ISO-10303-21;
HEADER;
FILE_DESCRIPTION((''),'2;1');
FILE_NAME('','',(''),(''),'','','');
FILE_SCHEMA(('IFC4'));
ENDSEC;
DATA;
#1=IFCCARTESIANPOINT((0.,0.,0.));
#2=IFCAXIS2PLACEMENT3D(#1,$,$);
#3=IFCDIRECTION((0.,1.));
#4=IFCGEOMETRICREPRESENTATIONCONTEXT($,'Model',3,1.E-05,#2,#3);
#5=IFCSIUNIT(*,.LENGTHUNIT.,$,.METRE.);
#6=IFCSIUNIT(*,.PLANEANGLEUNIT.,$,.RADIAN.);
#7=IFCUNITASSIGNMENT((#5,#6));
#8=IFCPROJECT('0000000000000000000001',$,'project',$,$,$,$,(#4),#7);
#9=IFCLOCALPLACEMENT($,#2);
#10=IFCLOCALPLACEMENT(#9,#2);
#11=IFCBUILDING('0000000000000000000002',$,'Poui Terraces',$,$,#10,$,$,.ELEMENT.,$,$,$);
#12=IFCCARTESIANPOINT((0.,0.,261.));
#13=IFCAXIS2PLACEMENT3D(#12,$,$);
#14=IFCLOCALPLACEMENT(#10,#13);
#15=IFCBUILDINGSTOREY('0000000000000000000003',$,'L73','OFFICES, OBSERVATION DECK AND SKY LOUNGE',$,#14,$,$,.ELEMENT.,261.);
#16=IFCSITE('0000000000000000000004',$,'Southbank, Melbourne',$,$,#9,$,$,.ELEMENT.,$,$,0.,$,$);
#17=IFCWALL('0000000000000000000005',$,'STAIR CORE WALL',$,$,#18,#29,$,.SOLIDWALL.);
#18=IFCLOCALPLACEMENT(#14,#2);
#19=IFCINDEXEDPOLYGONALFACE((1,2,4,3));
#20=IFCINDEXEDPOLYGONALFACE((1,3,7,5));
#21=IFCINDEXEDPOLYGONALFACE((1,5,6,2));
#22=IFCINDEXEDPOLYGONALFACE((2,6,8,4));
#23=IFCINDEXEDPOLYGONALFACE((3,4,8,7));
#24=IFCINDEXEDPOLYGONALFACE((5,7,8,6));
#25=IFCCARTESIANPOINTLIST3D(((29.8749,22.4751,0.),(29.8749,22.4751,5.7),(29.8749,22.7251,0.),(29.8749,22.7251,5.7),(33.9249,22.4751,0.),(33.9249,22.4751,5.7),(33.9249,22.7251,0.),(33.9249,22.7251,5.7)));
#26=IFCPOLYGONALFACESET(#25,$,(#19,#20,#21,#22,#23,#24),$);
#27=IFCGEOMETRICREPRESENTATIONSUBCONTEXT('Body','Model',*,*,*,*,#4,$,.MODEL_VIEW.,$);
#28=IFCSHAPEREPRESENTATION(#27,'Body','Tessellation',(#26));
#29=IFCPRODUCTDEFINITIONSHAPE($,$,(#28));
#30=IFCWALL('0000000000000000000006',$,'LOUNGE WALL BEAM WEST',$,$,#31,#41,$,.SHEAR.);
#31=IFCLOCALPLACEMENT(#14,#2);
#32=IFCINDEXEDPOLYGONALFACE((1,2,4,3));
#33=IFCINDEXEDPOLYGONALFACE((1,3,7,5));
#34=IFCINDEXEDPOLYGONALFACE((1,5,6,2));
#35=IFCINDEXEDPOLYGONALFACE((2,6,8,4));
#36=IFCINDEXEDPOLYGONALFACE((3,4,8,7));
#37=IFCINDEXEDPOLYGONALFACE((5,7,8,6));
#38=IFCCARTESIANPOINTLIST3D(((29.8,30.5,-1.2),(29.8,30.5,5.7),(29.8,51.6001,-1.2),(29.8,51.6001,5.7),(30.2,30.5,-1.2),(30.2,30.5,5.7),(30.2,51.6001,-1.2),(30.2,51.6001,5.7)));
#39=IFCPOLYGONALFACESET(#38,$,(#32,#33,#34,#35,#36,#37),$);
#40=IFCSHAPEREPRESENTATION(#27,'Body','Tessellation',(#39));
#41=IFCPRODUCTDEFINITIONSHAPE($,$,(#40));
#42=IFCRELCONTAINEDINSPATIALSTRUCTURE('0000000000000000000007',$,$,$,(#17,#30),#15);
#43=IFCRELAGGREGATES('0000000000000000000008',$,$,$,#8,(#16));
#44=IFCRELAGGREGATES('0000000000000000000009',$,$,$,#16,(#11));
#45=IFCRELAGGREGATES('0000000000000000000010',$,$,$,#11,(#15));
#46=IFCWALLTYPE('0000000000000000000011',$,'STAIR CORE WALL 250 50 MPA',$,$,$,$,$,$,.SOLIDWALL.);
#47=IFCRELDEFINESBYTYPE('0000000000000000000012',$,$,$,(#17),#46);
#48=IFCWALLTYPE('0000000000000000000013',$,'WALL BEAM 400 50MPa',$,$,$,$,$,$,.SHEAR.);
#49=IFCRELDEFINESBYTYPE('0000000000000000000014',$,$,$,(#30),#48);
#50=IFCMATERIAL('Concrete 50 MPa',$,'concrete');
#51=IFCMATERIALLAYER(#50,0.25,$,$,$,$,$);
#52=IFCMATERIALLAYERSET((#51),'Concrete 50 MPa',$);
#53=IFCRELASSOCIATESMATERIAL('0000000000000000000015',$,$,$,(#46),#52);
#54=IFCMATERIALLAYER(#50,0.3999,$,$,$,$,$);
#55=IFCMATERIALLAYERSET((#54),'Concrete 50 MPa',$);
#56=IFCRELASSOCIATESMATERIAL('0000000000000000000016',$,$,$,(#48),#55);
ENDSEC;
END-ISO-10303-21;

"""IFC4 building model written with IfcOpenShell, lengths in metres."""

from ifc_helpers import new_model, si_unit, direction, frame, frame_2d, origin, place, context, subcontext, project, spatial, rectangle, extrude, material, layer, layer_set, type_object, element, save


model = new_model("IFC4")

# Units and contexts
model_context = context("Model", 3, precision=1e-05, world=origin(), true_north=direction((0.0, 1.0)))
body_context = subcontext(model_context, "Body", "Model", "MODEL_VIEW")
ifc_project = project(units=[si_unit("LENGTHUNIT", "METRE"), si_unit("PLANEANGLEUNIT", "RADIAN")], contexts=[model_context])

# Site, building, storey
site_placement = place(None, origin())
site = spatial("IfcSite", under=ifc_project, at=site_placement, Name="Southbank, Melbourne", CompositionType="ELEMENT", RefElevation=0.0)
building_placement = place(site_placement, origin())
building = spatial("IfcBuilding", under=site, at=building_placement, Name="Poui Terraces", CompositionType="ELEMENT")
storey_placement = place(building_placement, frame((0.0, 0.0, 261.0)))
storey = spatial("IfcBuildingStorey", under=building, at=storey_placement, Name="L73", Description="OFFICES, OBSERVATION DECK AND SKY LOUNGE", CompositionType="ELEMENT", Elevation=261.0)

# Shared definitions
ifc_material_1 = material(Name="Concrete 50 MPa", Category="concrete")

# Walls
ifc_layer_1 = layer(ifc_material_1, 0.25)
ifc_layer_set_1 = layer_set([ifc_layer_1], Name="Concrete 50 MPa")
wall_type_1 = type_object("IfcWallType", Name="STAIR CORE WALL 250 50 MPA", PredefinedType="SOLIDWALL", material=ifc_layer_set_1)
wall_1_placement = place(storey_placement, frame((29.875, 22.6001, 0.0), z_axis=(0.0, 0.0, 1.0), x_axis=(1.0, 0.0, 0.0)))
element("IfcWall", 1, at=wall_1_placement, inside=storey, type_object=wall_type_1, Name="STAIR CORE WALL", PredefinedType="SOLIDWALL", context=body_context, shape_type="SweptSolid", body=[
    extrude(rectangle(XDim=4.05, YDim=0.25, at=frame_2d((2.0249, 0.0))), origin(), (0.0, 0.0, 1.0), 5.7),
])
ifc_layer_2 = layer(ifc_material_1, 0.3999)
ifc_layer_set_2 = layer_set([ifc_layer_2], Name="Concrete 50 MPa")
wall_type_2 = type_object("IfcWallType", Name="WALL BEAM 400 50MPa", PredefinedType="SHEAR", material=ifc_layer_set_2)
wall_2_placement = place(storey_placement, frame((30.0, 30.5, -1.2), z_axis=(0.0, 0.0, 1.0), x_axis=(0.0, 1.0, 0.0)))
element("IfcWall", 2, at=wall_2_placement, inside=storey, type_object=wall_type_2, Name="LOUNGE WALL BEAM WEST", PredefinedType="SHEAR", context=body_context, shape_type="SweptSolid", body=[
    extrude(rectangle(XDim=21.1001, YDim=0.3999, at=frame_2d((10.55, 0.0))), origin(), (0.0, 0.0, 1.0), 6.8999),
])

save(model, "model.ifc")
